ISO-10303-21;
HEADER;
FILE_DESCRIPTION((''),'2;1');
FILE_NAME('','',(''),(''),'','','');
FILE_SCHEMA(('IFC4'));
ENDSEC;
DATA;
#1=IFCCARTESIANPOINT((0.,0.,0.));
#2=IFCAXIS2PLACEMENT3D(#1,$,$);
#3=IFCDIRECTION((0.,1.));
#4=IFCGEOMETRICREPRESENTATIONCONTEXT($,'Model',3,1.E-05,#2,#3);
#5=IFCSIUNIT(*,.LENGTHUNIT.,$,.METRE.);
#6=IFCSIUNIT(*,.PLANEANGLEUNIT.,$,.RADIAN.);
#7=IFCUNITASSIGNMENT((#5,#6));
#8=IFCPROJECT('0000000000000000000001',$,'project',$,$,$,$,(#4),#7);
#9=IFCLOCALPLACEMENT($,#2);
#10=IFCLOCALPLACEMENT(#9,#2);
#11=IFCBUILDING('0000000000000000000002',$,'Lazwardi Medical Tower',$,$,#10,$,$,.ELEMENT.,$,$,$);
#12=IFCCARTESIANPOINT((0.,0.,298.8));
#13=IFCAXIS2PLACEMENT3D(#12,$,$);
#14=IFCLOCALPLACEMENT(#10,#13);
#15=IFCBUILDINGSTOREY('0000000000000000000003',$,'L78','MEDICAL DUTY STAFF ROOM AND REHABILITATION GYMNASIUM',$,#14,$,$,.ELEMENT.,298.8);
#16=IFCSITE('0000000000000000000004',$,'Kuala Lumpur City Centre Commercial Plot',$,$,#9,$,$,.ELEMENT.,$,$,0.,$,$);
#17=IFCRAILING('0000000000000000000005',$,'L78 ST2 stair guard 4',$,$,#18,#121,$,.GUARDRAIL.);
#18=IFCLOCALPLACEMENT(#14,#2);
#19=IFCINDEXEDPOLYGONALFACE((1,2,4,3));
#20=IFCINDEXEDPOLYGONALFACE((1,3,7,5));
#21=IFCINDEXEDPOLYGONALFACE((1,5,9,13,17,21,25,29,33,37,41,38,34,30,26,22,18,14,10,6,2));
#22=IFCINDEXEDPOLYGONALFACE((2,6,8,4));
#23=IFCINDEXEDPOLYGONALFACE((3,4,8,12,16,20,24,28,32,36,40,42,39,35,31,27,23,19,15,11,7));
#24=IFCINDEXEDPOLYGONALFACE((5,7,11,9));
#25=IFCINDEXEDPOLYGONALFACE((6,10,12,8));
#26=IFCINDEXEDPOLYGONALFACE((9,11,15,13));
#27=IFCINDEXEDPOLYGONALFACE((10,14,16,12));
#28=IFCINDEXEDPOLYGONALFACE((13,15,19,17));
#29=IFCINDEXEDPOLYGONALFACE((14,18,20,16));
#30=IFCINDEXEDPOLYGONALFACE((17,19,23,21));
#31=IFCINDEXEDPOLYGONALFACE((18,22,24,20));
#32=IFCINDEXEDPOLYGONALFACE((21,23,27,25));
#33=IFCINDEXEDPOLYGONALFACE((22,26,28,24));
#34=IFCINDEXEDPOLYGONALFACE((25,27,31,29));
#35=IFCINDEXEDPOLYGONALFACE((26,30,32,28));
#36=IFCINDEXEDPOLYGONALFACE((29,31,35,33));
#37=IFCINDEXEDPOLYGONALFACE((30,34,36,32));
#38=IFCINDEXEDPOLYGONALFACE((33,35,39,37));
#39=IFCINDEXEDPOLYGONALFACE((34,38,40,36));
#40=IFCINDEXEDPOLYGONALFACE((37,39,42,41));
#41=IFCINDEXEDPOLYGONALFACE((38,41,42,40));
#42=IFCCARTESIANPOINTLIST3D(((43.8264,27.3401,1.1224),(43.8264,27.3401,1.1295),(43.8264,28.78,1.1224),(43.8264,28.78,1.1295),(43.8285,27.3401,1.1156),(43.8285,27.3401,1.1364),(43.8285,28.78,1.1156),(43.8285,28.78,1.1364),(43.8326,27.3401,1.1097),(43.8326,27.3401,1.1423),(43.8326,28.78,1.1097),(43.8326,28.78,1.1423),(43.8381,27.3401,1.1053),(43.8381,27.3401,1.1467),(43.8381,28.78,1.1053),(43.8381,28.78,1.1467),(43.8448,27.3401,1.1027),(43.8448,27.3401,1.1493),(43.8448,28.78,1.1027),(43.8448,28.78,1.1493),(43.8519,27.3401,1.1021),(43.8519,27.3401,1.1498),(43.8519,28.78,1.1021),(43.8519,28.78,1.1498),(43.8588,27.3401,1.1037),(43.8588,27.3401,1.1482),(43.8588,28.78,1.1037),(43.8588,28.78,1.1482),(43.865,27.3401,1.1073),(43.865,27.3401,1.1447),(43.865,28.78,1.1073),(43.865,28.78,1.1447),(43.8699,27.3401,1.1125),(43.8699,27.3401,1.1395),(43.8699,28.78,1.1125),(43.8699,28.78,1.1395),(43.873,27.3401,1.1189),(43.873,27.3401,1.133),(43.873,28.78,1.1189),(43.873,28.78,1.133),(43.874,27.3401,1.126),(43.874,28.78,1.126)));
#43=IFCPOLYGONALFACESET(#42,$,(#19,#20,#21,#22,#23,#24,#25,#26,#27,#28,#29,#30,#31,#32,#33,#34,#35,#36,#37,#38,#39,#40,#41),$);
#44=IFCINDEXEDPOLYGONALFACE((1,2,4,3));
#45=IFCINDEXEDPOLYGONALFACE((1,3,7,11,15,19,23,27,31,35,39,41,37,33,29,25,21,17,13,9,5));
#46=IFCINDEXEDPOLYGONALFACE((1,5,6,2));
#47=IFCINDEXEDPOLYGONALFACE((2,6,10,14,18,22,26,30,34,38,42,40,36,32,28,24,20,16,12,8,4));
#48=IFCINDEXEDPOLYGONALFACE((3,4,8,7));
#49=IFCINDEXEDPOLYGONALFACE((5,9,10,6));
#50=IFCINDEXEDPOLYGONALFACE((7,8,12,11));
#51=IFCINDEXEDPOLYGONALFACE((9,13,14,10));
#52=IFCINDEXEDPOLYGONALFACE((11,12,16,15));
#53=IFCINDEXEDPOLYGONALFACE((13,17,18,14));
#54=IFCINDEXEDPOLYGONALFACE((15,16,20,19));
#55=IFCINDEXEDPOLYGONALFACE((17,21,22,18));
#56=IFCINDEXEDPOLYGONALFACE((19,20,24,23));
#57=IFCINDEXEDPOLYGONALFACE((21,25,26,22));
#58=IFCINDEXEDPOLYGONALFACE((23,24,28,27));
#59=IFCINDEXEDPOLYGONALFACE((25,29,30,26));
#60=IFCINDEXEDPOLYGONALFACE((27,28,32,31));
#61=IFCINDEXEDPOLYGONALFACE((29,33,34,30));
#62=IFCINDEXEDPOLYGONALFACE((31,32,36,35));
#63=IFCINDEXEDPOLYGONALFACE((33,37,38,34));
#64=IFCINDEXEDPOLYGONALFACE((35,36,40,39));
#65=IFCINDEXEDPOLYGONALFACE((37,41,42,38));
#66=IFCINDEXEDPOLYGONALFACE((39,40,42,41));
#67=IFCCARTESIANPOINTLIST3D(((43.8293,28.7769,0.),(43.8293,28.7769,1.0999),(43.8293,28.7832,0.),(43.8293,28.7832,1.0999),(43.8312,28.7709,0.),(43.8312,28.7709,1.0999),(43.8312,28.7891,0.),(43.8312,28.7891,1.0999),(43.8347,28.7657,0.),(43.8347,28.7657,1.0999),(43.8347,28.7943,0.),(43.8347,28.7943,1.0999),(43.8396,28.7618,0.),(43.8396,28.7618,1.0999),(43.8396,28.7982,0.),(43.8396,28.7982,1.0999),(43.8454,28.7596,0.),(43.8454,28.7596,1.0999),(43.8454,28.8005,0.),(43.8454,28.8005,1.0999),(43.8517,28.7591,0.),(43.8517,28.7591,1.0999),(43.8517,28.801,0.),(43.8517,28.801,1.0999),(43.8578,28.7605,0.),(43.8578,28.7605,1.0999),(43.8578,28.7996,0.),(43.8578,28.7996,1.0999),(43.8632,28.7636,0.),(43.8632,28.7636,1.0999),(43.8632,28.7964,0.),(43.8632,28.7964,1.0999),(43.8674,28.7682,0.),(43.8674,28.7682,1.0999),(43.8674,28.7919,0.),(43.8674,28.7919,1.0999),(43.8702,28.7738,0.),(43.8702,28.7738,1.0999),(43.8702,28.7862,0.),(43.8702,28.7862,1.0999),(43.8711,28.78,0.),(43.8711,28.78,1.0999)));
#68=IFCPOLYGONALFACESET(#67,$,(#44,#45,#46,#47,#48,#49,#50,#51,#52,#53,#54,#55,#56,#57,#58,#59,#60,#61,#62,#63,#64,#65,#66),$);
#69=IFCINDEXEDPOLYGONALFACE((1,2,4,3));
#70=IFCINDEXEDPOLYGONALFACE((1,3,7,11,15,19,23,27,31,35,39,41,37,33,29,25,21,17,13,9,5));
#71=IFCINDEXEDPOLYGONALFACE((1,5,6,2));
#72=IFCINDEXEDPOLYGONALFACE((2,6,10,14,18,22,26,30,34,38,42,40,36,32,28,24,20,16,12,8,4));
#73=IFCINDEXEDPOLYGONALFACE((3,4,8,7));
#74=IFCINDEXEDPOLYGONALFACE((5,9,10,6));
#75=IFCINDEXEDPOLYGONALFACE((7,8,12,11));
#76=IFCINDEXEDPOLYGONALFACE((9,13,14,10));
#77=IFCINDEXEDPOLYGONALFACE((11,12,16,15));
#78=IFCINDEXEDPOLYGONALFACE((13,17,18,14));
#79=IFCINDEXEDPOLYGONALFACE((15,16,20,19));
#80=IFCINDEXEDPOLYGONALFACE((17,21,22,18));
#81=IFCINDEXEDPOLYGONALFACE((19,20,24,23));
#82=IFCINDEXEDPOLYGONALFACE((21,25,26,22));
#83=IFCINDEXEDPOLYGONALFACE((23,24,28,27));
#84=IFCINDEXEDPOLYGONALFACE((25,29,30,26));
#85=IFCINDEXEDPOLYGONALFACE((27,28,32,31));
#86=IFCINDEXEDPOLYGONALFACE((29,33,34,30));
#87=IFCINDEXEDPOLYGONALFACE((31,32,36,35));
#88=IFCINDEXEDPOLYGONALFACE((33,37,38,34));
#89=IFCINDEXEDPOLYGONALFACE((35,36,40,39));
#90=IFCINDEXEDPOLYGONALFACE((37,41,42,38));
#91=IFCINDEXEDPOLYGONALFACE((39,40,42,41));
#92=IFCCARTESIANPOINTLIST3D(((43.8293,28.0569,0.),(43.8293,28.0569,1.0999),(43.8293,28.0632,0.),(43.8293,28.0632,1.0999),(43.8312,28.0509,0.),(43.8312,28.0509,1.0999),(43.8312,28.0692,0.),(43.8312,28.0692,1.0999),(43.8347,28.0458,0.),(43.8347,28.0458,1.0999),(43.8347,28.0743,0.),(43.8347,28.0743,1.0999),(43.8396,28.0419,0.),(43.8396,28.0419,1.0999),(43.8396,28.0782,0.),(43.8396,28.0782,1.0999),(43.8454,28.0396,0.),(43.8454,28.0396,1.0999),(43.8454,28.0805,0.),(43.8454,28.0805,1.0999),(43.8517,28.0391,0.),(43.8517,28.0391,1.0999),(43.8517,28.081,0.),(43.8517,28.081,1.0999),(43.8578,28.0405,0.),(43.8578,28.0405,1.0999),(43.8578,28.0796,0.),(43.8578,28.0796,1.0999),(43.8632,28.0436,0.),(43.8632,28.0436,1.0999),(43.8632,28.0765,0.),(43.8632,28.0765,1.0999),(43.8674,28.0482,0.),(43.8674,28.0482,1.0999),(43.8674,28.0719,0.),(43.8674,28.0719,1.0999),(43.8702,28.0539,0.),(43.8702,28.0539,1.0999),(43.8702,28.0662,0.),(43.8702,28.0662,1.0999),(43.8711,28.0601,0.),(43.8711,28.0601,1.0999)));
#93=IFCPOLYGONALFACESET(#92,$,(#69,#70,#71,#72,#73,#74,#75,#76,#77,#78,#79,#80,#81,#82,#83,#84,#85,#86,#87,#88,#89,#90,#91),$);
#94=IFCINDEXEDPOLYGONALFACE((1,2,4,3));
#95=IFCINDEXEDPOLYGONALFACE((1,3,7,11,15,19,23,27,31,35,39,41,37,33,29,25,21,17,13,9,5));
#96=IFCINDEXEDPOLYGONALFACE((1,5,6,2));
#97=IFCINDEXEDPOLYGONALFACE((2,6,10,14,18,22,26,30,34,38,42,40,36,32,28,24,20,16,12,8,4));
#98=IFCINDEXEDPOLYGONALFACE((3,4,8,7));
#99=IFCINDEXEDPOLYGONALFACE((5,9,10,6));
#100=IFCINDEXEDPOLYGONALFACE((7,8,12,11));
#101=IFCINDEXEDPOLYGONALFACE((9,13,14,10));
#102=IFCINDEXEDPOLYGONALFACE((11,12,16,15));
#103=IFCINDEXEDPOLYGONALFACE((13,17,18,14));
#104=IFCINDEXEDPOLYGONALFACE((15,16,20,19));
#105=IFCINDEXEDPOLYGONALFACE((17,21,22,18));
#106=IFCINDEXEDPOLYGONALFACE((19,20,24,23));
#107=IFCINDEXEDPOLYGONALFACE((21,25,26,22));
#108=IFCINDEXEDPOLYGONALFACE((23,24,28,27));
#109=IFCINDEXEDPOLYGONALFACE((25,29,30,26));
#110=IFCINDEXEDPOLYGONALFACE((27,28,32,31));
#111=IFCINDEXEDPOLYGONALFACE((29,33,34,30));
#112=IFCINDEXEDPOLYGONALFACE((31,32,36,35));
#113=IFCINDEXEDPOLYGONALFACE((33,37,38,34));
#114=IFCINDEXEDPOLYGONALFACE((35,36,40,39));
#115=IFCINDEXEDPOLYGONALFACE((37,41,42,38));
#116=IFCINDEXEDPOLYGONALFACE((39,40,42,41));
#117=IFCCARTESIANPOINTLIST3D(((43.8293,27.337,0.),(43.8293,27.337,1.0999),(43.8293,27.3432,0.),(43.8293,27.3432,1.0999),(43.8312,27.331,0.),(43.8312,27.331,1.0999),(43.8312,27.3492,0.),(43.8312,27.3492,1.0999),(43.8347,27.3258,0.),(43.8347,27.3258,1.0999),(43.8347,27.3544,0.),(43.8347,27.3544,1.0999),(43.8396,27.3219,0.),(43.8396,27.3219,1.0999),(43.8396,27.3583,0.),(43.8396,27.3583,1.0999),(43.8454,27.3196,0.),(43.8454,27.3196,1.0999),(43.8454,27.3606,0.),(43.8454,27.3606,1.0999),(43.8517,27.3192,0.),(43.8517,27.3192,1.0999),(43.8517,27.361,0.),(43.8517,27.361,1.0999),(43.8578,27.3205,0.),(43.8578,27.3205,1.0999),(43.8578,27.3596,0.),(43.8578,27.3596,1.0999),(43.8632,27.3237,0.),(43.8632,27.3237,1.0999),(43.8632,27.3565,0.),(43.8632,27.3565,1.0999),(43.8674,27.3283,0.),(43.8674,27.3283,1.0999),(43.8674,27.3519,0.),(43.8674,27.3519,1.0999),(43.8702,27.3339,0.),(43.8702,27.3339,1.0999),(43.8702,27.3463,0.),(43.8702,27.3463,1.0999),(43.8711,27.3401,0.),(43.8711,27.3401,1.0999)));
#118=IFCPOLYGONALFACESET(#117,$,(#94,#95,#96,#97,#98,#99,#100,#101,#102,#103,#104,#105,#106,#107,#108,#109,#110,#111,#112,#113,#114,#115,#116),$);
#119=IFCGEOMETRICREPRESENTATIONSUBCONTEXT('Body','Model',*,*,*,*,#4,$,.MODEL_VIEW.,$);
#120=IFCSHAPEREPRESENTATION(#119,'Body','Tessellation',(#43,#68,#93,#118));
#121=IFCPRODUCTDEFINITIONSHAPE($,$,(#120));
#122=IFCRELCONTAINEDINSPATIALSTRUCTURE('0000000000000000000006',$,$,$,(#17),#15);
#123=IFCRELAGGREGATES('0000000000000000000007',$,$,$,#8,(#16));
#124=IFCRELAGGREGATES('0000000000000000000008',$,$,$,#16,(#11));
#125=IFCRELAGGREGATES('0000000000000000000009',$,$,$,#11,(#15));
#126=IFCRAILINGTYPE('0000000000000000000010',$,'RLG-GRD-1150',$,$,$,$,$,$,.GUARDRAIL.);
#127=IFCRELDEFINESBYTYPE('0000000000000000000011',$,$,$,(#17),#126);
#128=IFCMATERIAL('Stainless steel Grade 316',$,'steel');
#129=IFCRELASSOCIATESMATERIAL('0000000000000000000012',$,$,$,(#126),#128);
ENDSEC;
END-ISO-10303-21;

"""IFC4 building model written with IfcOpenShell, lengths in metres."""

from ifc_helpers import new_model, si_unit, direction, frame, origin, origin_2d, place, context, subcontext, project, spatial, circle, extrude, material, type_object, element, save


model = new_model("IFC4")

# Units and contexts
model_context = context("Model", 3, precision=1e-05, world=origin(), true_north=direction((0.0, 1.0)))
body_context = subcontext(model_context, "Body", "Model", "MODEL_VIEW")
ifc_project = project(units=[si_unit("LENGTHUNIT", "METRE"), si_unit("PLANEANGLEUNIT", "RADIAN")], contexts=[model_context])

# Site, building, storey
site_placement = place(None, origin())
site = spatial("IfcSite", under=ifc_project, at=site_placement, Name="Kuala Lumpur City Centre Commercial Plot", CompositionType="ELEMENT", RefElevation=0.0)
building_placement = place(site_placement, origin())
building = spatial("IfcBuilding", under=site, at=building_placement, Name="Lazwardi Medical Tower", CompositionType="ELEMENT")
storey_placement = place(building_placement, frame((0.0, 0.0, 298.8)))
storey = spatial("IfcBuildingStorey", under=building, at=storey_placement, Name="L78", Description="MEDICAL DUTY STAFF ROOM AND REHABILITATION GYMNASIUM", CompositionType="ELEMENT", Elevation=298.8)

# Railing
ifc_material_1 = material(Name="Stainless steel Grade 316", Category="steel")
railing_type_1 = type_object("IfcRailingType", Name="RLG-GRD-1150", PredefinedType="GUARDRAIL", material=ifc_material_1)
railing_1_placement = place(storey_placement, frame((43.8501, 28.78, 0.0)))
element("IfcRailing", 1, at=railing_1_placement, inside=storey, type_object=railing_type_1, Name="L78 ST2 stair guard 4", PredefinedType="GUARDRAIL", context=body_context, shape_type="SweptSolid", body=[
    extrude(circle(Radius=0.0239, at=origin_2d()), frame((0.0, 0.0, 1.126), z_axis=(0.0, -1.0, 0.0), x_axis=(1.0, 0.0, 0.0)), (0.0, 0.0, 1.0), 1.4399),
    extrude(circle(Radius=0.021, at=origin_2d()), origin(), (0.0, 0.0, 1.0), 1.0999),
    extrude(circle(Radius=0.021, at=origin_2d()), frame((0.0, -0.72, 0.0)), (0.0, 0.0, 1.0), 1.0999),
    extrude(circle(Radius=0.021, at=origin_2d()), frame((0.0, -1.4399, 0.0)), (0.0, 0.0, 1.0), 1.0999),
])

save(model, "model.ifc")
